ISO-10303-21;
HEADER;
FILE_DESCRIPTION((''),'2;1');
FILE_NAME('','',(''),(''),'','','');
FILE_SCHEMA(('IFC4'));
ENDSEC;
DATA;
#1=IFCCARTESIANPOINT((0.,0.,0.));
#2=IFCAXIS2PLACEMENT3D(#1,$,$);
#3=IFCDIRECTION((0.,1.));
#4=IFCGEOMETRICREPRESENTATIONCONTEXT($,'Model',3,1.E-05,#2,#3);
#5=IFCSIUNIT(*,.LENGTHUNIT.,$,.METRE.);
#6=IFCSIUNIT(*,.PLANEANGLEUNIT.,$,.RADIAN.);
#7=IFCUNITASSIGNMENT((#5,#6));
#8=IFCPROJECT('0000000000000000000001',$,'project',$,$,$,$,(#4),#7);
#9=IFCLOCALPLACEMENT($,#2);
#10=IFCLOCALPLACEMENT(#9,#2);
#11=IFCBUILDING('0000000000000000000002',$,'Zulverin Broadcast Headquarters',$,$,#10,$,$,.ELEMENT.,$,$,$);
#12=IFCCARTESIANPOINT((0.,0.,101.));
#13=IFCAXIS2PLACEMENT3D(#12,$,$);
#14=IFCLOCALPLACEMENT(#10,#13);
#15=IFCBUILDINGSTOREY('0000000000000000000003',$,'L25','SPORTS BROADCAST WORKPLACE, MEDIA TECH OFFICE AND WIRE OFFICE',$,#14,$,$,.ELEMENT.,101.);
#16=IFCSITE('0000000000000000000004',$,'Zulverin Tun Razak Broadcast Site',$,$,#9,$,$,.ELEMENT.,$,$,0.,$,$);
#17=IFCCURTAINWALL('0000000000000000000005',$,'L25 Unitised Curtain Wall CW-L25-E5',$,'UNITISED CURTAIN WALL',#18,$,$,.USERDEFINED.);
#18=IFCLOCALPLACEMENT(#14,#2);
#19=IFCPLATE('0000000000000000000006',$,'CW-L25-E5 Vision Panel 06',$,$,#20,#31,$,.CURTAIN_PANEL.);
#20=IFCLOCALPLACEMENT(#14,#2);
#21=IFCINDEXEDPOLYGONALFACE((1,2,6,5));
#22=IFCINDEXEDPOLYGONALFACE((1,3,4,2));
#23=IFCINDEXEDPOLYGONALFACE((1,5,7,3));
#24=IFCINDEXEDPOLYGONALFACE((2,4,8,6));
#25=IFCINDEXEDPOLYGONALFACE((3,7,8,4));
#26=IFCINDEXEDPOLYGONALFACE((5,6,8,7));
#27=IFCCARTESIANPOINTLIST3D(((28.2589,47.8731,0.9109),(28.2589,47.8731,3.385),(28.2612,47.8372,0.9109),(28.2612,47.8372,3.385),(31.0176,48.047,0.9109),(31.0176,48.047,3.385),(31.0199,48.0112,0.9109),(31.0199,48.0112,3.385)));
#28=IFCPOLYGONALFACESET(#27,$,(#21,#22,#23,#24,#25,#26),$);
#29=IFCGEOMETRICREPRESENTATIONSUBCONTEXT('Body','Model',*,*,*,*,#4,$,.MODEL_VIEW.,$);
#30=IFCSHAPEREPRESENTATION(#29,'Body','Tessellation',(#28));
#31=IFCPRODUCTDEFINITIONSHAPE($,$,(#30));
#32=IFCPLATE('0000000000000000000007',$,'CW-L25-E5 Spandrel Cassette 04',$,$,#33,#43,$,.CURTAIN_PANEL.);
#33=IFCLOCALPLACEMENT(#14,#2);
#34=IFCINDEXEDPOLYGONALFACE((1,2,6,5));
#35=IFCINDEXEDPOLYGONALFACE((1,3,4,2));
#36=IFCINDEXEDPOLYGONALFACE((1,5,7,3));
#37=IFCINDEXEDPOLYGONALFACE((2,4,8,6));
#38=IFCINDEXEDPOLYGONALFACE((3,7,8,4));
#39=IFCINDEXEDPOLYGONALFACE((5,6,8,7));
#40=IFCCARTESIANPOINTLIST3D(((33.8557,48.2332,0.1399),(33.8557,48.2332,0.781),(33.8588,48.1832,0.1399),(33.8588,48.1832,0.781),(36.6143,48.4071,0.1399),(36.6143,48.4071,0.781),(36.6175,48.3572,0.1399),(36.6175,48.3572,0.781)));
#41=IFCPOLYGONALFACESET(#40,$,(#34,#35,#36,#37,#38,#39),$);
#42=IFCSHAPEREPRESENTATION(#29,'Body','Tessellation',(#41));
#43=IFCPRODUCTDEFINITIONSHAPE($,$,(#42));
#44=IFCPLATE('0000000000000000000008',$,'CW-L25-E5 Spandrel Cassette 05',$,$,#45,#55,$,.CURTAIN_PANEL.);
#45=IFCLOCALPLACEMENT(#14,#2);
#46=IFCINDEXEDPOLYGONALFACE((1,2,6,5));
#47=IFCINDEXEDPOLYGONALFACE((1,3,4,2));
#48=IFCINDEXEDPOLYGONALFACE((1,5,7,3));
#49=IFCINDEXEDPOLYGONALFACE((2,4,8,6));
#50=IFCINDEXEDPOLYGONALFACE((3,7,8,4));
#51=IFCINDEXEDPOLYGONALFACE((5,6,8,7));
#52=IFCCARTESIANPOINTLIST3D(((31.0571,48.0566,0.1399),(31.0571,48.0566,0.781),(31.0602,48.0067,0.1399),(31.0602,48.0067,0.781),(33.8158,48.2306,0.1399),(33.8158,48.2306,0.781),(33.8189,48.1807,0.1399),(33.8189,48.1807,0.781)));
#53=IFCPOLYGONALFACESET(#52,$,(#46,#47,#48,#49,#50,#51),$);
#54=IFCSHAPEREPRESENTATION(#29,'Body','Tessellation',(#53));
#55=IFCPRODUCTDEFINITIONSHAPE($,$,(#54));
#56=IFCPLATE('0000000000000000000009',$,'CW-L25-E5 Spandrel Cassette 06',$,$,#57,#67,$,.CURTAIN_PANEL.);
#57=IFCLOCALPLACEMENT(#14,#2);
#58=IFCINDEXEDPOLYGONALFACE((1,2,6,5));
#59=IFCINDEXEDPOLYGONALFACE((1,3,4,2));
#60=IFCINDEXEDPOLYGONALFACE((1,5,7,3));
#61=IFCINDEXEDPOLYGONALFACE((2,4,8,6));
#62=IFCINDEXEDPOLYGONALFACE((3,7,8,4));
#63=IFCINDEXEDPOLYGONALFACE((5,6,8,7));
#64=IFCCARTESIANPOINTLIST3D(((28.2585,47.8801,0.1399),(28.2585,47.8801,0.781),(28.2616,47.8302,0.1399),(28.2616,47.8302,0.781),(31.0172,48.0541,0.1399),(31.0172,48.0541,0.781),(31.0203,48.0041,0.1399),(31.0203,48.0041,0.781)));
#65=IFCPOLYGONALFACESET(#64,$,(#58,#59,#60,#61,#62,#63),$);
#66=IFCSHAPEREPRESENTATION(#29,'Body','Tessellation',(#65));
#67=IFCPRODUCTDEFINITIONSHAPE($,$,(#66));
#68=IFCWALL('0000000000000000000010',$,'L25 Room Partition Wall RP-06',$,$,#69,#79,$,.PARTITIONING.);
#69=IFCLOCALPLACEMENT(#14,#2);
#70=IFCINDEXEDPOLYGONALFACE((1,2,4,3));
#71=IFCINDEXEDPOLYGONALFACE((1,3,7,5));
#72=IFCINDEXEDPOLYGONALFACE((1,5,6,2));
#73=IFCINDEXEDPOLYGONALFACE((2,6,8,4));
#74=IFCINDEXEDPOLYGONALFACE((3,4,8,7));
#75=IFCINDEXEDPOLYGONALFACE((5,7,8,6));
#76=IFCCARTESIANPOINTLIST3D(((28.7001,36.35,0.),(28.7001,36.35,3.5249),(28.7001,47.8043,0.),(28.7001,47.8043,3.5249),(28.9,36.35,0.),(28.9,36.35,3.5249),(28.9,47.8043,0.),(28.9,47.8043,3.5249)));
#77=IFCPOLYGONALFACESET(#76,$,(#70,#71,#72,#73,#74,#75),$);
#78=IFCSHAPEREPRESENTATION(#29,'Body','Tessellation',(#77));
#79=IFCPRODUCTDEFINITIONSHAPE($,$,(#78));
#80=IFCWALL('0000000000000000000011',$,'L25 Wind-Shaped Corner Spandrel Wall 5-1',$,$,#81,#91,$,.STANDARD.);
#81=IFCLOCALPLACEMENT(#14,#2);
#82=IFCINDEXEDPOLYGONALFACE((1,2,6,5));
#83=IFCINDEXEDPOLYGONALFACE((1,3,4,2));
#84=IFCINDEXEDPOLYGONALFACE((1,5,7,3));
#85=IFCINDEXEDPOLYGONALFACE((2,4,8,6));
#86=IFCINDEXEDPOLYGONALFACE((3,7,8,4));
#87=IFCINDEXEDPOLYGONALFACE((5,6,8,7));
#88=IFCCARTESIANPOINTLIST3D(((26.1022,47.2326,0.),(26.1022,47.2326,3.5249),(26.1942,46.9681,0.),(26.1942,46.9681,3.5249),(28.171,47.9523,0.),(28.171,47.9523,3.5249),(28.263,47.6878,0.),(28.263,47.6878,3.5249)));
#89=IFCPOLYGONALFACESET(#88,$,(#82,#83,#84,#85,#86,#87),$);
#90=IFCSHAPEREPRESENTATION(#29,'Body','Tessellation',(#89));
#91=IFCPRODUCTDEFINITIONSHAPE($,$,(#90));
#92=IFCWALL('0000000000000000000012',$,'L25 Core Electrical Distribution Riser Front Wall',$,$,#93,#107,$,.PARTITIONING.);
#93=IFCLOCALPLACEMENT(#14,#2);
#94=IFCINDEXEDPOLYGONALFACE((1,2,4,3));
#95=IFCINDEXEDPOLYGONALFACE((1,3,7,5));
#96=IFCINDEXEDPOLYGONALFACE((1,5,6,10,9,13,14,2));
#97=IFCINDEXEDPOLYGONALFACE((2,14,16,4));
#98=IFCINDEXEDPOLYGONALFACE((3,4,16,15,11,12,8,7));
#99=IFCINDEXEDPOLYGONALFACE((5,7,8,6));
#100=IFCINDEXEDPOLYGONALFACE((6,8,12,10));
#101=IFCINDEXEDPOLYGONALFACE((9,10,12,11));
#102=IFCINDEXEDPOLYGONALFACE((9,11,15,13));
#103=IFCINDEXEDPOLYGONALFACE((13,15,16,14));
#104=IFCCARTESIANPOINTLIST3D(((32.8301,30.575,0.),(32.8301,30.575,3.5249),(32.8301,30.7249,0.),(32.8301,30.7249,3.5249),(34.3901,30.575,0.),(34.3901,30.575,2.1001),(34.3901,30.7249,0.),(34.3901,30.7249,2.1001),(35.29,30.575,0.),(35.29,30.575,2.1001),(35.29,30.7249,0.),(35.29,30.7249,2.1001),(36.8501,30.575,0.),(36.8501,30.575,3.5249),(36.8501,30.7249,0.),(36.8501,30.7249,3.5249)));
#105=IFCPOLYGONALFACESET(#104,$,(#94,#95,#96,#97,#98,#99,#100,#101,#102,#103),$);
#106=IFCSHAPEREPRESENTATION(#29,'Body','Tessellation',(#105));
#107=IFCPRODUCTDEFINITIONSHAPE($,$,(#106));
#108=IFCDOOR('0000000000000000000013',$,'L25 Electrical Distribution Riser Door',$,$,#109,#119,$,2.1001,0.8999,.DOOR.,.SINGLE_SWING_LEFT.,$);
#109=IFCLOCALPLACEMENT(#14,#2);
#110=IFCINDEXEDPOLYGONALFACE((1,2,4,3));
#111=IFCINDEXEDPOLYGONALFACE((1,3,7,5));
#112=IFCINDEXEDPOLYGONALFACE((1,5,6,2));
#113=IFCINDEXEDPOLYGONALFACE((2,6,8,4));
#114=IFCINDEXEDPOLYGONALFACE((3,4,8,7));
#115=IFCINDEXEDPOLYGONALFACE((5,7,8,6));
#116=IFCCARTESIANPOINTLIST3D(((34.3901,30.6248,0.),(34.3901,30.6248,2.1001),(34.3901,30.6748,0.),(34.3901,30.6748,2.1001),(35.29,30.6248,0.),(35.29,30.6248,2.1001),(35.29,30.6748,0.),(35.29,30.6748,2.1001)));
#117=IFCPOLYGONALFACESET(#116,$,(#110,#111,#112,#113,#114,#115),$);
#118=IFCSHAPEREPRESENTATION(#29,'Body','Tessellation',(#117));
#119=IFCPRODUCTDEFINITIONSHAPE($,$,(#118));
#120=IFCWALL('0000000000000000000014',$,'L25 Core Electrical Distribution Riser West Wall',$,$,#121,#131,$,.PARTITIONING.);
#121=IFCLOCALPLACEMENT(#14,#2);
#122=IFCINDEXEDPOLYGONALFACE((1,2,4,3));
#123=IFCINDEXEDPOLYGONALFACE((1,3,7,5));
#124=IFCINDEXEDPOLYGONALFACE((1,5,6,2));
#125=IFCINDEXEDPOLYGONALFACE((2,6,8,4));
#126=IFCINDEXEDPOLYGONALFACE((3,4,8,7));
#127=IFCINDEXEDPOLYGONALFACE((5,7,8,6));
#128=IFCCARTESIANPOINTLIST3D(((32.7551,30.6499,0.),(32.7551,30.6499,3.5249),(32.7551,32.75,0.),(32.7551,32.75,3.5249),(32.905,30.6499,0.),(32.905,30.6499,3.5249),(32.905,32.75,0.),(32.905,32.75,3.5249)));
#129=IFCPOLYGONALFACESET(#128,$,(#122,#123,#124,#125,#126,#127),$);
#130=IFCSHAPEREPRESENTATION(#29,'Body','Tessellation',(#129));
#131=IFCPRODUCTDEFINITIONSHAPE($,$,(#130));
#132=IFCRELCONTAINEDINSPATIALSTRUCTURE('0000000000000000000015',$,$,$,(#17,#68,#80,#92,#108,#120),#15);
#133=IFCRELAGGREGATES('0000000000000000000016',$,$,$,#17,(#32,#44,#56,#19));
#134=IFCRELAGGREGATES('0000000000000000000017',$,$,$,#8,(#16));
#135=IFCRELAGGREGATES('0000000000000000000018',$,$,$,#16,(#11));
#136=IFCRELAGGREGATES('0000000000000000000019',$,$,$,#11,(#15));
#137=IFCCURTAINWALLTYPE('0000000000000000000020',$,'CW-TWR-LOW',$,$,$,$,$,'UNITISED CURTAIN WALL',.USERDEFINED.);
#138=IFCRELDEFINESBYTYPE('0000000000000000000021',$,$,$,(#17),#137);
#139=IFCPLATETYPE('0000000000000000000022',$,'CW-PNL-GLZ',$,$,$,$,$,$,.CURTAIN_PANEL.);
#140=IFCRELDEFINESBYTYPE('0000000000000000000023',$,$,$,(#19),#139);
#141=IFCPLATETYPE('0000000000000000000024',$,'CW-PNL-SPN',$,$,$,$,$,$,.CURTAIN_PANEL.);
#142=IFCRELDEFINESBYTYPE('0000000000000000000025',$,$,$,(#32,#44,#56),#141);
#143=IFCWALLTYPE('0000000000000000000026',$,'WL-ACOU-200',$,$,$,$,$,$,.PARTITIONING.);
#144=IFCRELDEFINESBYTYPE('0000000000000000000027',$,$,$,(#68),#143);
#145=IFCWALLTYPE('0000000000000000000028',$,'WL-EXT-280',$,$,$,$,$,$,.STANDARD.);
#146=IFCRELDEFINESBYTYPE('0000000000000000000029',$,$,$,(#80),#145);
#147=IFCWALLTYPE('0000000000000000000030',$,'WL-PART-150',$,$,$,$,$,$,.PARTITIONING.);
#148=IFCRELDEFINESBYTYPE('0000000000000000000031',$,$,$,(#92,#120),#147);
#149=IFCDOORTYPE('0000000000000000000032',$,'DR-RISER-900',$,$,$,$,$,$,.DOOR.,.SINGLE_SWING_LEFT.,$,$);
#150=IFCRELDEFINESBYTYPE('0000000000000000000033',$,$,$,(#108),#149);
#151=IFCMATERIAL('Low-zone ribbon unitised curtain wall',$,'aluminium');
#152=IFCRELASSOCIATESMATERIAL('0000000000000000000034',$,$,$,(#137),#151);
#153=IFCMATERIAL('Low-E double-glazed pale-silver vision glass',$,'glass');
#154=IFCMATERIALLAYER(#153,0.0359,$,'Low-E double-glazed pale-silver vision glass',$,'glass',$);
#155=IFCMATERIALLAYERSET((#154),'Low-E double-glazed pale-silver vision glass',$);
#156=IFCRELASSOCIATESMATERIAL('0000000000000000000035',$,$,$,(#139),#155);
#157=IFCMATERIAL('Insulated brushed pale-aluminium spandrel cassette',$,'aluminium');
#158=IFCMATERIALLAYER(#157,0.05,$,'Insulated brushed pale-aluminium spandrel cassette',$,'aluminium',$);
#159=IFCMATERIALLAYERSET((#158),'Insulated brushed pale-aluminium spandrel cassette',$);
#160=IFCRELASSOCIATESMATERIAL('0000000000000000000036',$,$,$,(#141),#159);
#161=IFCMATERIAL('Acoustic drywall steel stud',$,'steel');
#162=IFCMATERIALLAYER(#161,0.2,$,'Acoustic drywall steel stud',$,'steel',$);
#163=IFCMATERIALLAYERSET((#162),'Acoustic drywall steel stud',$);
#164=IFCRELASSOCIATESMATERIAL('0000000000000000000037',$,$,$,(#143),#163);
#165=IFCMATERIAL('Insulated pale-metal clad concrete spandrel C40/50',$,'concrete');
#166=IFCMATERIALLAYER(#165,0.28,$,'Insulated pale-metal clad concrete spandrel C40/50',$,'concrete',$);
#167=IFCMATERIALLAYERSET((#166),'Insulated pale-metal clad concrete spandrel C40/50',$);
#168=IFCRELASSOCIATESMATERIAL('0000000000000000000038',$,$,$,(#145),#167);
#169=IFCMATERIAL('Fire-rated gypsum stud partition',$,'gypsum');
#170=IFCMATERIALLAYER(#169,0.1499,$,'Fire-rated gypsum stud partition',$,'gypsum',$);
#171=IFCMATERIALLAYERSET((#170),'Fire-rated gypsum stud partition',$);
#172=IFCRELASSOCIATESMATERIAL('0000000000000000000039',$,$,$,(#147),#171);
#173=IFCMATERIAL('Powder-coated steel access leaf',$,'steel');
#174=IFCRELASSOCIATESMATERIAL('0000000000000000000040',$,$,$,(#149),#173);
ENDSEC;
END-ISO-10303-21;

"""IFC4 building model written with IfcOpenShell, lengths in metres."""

from ifc_helpers import new_model, si_unit, direction, frame, frame_2d, origin, origin_2d, place, context, subcontext, project, spatial, rectangle, extrude, material, layer, layer_set, type_object, element, fill, aggregate, save


model = new_model("IFC4")

# Units and contexts
model_context = context("Model", 3, precision=1e-05, world=origin(), true_north=direction((0.0, 1.0)))
body_context = subcontext(model_context, "Body", "Model", "MODEL_VIEW")
ifc_project = project(units=[si_unit("LENGTHUNIT", "METRE"), si_unit("PLANEANGLEUNIT", "RADIAN")], contexts=[model_context])

# Site, building, storey
site_placement = place(None, origin())
site = spatial("IfcSite", under=ifc_project, at=site_placement, Name="Zulverin Tun Razak Broadcast Site", CompositionType="ELEMENT", RefElevation=0.0)
building_placement = place(site_placement, origin())
building = spatial("IfcBuilding", under=site, at=building_placement, Name="Zulverin Broadcast Headquarters", CompositionType="ELEMENT")
storey_placement = place(building_placement, frame((0.0, 0.0, 101.0)))
storey = spatial("IfcBuildingStorey", under=building, at=storey_placement, Name="L25", Description="SPORTS BROADCAST WORKPLACE, MEDIA TECH OFFICE AND WIRE OFFICE", CompositionType="ELEMENT", Elevation=101.0)

# Curtain wall, plates
ifc_material_1 = material(Name="Low-zone ribbon unitised curtain wall", Category="aluminium")
curtain_wall_type = type_object("IfcCurtainWallType", Name="CW-TWR-LOW", ElementType="UNITISED CURTAIN WALL", PredefinedType="USERDEFINED", material=ifc_material_1)
curtain_wall_placement = place(storey_placement, origin())
curtain_wall = element("IfcCurtainWall", 1, at=curtain_wall_placement, inside=storey, type_object=curtain_wall_type, Name="L25 Unitised Curtain Wall CW-L25-E5", ObjectType="UNITISED CURTAIN WALL", PredefinedType="USERDEFINED")
ifc_material_2 = material(Name="Low-E double-glazed pale-silver vision glass", Category="glass")
ifc_layer_1 = layer(ifc_material_2, 0.0359, Name="Low-E double-glazed pale-silver vision glass", Category="glass")
ifc_layer_set_1 = layer_set([ifc_layer_1], Name="Low-E double-glazed pale-silver vision glass")
plate_type_1 = type_object("IfcPlateType", Name="CW-PNL-GLZ", PredefinedType="CURTAIN_PANEL", material=ifc_layer_set_1)
plate_1_placement = place(storey_placement, frame((29.6394, 47.9421, 0.9109), z_axis=(0.0, 0.0, 1.0), x_axis=(-0.998018, -0.062935, 0.0)))
plate_1 = element("IfcPlate", 2, at=plate_1_placement, type_object=plate_type_1, Name="CW-L25-E5 Vision Panel 06", PredefinedType="CURTAIN_PANEL", context=body_context, shape_type="SweptSolid", body=[
    extrude(rectangle(XDim=2.7642, YDim=0.0359, at=origin_2d()), origin(), (0.0, 0.0, 1.0), 2.4741),
])
ifc_material_3 = material(Name="Insulated brushed pale-aluminium spandrel cassette", Category="aluminium")
ifc_layer_2 = layer(ifc_material_3, 0.05, Name="Insulated brushed pale-aluminium spandrel cassette", Category="aluminium")
ifc_layer_set_2 = layer_set([ifc_layer_2], Name="Insulated brushed pale-aluminium spandrel cassette")
plate_type_2 = type_object("IfcPlateType", Name="CW-PNL-SPN", PredefinedType="CURTAIN_PANEL", material=ifc_layer_set_2)
plate_2_placement = place(storey_placement, frame((35.2366, 48.2952, 0.1399), z_axis=(0.0, 0.0, 1.0), x_axis=(-0.998018, -0.062935, 0.0)))
plate_2 = element("IfcPlate", 3, at=plate_2_placement, type_object=plate_type_2, Name="CW-L25-E5 Spandrel Cassette 04", PredefinedType="CURTAIN_PANEL", context=body_context, shape_type="SweptSolid", body=[
    extrude(rectangle(XDim=2.7642, YDim=0.05, at=origin_2d()), origin(), (0.0, 0.0, 1.0), 0.6411),
])
plate_3_placement = place(storey_placement, frame((32.438, 48.1187, 0.1399), z_axis=(0.0, 0.0, 1.0), x_axis=(-0.998018, -0.062935, 0.0)))
plate_3 = element("IfcPlate", 4, at=plate_3_placement, type_object=plate_type_2, Name="CW-L25-E5 Spandrel Cassette 05", PredefinedType="CURTAIN_PANEL", context=body_context, shape_type="SweptSolid", body=[
    extrude(rectangle(XDim=2.7642, YDim=0.05, at=origin_2d()), origin(), (0.0, 0.0, 1.0), 0.6411),
])
plate_4_placement = place(storey_placement, frame((29.6394, 47.9421, 0.1399), z_axis=(0.0, 0.0, 1.0), x_axis=(-0.998018, -0.062935, 0.0)))
plate_4 = element("IfcPlate", 5, at=plate_4_placement, type_object=plate_type_2, Name="CW-L25-E5 Spandrel Cassette 06", PredefinedType="CURTAIN_PANEL", context=body_context, shape_type="SweptSolid", body=[
    extrude(rectangle(XDim=2.7642, YDim=0.05, at=origin_2d()), origin(), (0.0, 0.0, 1.0), 0.6411),
])
aggregate(curtain_wall, [plate_2, plate_3, plate_4, plate_1])

# Walls
ifc_material_4 = material(Name="Acoustic drywall steel stud", Category="steel")
ifc_layer_3 = layer(ifc_material_4, 0.2, Name="Acoustic drywall steel stud", Category="steel")
ifc_layer_set_3 = layer_set([ifc_layer_3], Name="Acoustic drywall steel stud")
wall_type_1 = type_object("IfcWallType", Name="WL-ACOU-200", PredefinedType="PARTITIONING", material=ifc_layer_set_3)
wall_1_placement = place(storey_placement, frame((28.8, 36.3501, 0.0), z_axis=(0.0, 0.0, 1.0), x_axis=(0.0, 1.0, 0.0)))
element("IfcWall", 6, at=wall_1_placement, inside=storey, type_object=wall_type_1, Name="L25 Room Partition Wall RP-06", PredefinedType="PARTITIONING", context=body_context, shape_type="SweptSolid", body=[
    extrude(rectangle(XDim=11.4543, YDim=0.2, at=frame_2d((5.7271, 0.0))), origin(), (0.0, 0.0, 1.0), 3.5249),
])
ifc_material_5 = material(Name="Insulated pale-metal clad concrete spandrel C40/50", Category="concrete")
ifc_layer_4 = layer(ifc_material_5, 0.28, Name="Insulated pale-metal clad concrete spandrel C40/50", Category="concrete")
ifc_layer_set_4 = layer_set([ifc_layer_4], Name="Insulated pale-metal clad concrete spandrel C40/50")
wall_type_2 = type_object("IfcWallType", Name="WL-EXT-280", PredefinedType="STANDARD", material=ifc_layer_set_4)
wall_2_placement = place(storey_placement, frame((28.217, 47.8201, 0.0), z_axis=(0.0, 0.0, 1.0), x_axis=(-0.944479, -0.328572, 0.0)))
element("IfcWall", 7, at=wall_2_placement, inside=storey, type_object=wall_type_2, Name="L25 Wind-Shaped Corner Spandrel Wall 5-1", PredefinedType="STANDARD", context=body_context, shape_type="SweptSolid", body=[
    extrude(rectangle(XDim=2.1904, YDim=0.28, at=frame_2d((1.0952, 0.0))), origin(), (0.0, 0.0, 1.0), 3.5249),
])

# Wall, opening, door
ifc_material_6 = material(Name="Fire-rated gypsum stud partition", Category="gypsum")
ifc_layer_5 = layer(ifc_material_6, 0.1499, Name="Fire-rated gypsum stud partition", Category="gypsum")
ifc_layer_set_5 = layer_set([ifc_layer_5], Name="Fire-rated gypsum stud partition")
wall_type_3 = type_object("IfcWallType", Name="WL-PART-150", PredefinedType="PARTITIONING", material=ifc_layer_set_5)
wall_3_placement = place(storey_placement, frame((32.8301, 30.6499, 0.0), z_axis=(0.0, 0.0, 1.0), x_axis=(1.0, 0.0, 0.0)))
wall_3 = element("IfcWall", 8, at=wall_3_placement, inside=storey, type_object=wall_type_3, Name="L25 Core Electrical Distribution Riser Front Wall", PredefinedType="PARTITIONING", context=body_context, shape_type="SweptSolid", body=[
    extrude(rectangle(XDim=4.02, YDim=0.1499, at=frame_2d((2.01, 0.0))), origin(), (0.0, 0.0, 1.0), 3.5249),
])
opening_placement = place(wall_3_placement, frame((1.5601, 0.0, 0.0)))
opening = element("IfcOpeningElement", 9, at=opening_placement, cuts=wall_3, PredefinedType="OPENING", context=body_context, shape_type="SweptSolid", body=[
    extrude(rectangle(XDim=0.8999, YDim=2.1001, at=frame_2d((0.45, 1.05))), frame((0.0, 0.085, 0.0), z_axis=(0.0, -1.0, 0.0), x_axis=(1.0, 0.0, 0.0)), (0.0, 0.0, 1.0), 0.1699),
])
ifc_material_7 = material(Name="Powder-coated steel access leaf", Category="steel")
door_type = type_object("IfcDoorType", Name="DR-RISER-900", OperationType="SINGLE_SWING_LEFT", PredefinedType="DOOR", material=ifc_material_7)
door_placement = place(opening_placement, origin())
door = element("IfcDoor", 10, at=door_placement, inside=storey, type_object=door_type, Name="L25 Electrical Distribution Riser Door", OperationType="SINGLE_SWING_LEFT", OverallHeight=2.1001, OverallWidth=0.8999, PredefinedType="DOOR", context=body_context, shape_type="SweptSolid", body=[
    extrude(rectangle(XDim=0.8999, YDim=2.1001, at=frame_2d((0.45, 1.05))), frame((0.0, 0.0249, 0.0), z_axis=(0.0, -1.0, 0.0), x_axis=(1.0, 0.0, 0.0)), (0.0, 0.0, 1.0), 0.05),
])
fill(opening, door)

# Wall
wall_4_placement = place(storey_placement, frame((32.8301, 30.6499, 0.0), z_axis=(0.0, 0.0, 1.0), x_axis=(0.0, 1.0, 0.0)))
element("IfcWall", 11, at=wall_4_placement, inside=storey, type_object=wall_type_3, Name="L25 Core Electrical Distribution Riser West Wall", PredefinedType="PARTITIONING", context=body_context, shape_type="SweptSolid", body=[
    extrude(rectangle(XDim=2.1001, YDim=0.1499, at=frame_2d((1.05, 0.0))), origin(), (0.0, 0.0, 1.0), 3.5249),
])

save(model, "model.ifc")
